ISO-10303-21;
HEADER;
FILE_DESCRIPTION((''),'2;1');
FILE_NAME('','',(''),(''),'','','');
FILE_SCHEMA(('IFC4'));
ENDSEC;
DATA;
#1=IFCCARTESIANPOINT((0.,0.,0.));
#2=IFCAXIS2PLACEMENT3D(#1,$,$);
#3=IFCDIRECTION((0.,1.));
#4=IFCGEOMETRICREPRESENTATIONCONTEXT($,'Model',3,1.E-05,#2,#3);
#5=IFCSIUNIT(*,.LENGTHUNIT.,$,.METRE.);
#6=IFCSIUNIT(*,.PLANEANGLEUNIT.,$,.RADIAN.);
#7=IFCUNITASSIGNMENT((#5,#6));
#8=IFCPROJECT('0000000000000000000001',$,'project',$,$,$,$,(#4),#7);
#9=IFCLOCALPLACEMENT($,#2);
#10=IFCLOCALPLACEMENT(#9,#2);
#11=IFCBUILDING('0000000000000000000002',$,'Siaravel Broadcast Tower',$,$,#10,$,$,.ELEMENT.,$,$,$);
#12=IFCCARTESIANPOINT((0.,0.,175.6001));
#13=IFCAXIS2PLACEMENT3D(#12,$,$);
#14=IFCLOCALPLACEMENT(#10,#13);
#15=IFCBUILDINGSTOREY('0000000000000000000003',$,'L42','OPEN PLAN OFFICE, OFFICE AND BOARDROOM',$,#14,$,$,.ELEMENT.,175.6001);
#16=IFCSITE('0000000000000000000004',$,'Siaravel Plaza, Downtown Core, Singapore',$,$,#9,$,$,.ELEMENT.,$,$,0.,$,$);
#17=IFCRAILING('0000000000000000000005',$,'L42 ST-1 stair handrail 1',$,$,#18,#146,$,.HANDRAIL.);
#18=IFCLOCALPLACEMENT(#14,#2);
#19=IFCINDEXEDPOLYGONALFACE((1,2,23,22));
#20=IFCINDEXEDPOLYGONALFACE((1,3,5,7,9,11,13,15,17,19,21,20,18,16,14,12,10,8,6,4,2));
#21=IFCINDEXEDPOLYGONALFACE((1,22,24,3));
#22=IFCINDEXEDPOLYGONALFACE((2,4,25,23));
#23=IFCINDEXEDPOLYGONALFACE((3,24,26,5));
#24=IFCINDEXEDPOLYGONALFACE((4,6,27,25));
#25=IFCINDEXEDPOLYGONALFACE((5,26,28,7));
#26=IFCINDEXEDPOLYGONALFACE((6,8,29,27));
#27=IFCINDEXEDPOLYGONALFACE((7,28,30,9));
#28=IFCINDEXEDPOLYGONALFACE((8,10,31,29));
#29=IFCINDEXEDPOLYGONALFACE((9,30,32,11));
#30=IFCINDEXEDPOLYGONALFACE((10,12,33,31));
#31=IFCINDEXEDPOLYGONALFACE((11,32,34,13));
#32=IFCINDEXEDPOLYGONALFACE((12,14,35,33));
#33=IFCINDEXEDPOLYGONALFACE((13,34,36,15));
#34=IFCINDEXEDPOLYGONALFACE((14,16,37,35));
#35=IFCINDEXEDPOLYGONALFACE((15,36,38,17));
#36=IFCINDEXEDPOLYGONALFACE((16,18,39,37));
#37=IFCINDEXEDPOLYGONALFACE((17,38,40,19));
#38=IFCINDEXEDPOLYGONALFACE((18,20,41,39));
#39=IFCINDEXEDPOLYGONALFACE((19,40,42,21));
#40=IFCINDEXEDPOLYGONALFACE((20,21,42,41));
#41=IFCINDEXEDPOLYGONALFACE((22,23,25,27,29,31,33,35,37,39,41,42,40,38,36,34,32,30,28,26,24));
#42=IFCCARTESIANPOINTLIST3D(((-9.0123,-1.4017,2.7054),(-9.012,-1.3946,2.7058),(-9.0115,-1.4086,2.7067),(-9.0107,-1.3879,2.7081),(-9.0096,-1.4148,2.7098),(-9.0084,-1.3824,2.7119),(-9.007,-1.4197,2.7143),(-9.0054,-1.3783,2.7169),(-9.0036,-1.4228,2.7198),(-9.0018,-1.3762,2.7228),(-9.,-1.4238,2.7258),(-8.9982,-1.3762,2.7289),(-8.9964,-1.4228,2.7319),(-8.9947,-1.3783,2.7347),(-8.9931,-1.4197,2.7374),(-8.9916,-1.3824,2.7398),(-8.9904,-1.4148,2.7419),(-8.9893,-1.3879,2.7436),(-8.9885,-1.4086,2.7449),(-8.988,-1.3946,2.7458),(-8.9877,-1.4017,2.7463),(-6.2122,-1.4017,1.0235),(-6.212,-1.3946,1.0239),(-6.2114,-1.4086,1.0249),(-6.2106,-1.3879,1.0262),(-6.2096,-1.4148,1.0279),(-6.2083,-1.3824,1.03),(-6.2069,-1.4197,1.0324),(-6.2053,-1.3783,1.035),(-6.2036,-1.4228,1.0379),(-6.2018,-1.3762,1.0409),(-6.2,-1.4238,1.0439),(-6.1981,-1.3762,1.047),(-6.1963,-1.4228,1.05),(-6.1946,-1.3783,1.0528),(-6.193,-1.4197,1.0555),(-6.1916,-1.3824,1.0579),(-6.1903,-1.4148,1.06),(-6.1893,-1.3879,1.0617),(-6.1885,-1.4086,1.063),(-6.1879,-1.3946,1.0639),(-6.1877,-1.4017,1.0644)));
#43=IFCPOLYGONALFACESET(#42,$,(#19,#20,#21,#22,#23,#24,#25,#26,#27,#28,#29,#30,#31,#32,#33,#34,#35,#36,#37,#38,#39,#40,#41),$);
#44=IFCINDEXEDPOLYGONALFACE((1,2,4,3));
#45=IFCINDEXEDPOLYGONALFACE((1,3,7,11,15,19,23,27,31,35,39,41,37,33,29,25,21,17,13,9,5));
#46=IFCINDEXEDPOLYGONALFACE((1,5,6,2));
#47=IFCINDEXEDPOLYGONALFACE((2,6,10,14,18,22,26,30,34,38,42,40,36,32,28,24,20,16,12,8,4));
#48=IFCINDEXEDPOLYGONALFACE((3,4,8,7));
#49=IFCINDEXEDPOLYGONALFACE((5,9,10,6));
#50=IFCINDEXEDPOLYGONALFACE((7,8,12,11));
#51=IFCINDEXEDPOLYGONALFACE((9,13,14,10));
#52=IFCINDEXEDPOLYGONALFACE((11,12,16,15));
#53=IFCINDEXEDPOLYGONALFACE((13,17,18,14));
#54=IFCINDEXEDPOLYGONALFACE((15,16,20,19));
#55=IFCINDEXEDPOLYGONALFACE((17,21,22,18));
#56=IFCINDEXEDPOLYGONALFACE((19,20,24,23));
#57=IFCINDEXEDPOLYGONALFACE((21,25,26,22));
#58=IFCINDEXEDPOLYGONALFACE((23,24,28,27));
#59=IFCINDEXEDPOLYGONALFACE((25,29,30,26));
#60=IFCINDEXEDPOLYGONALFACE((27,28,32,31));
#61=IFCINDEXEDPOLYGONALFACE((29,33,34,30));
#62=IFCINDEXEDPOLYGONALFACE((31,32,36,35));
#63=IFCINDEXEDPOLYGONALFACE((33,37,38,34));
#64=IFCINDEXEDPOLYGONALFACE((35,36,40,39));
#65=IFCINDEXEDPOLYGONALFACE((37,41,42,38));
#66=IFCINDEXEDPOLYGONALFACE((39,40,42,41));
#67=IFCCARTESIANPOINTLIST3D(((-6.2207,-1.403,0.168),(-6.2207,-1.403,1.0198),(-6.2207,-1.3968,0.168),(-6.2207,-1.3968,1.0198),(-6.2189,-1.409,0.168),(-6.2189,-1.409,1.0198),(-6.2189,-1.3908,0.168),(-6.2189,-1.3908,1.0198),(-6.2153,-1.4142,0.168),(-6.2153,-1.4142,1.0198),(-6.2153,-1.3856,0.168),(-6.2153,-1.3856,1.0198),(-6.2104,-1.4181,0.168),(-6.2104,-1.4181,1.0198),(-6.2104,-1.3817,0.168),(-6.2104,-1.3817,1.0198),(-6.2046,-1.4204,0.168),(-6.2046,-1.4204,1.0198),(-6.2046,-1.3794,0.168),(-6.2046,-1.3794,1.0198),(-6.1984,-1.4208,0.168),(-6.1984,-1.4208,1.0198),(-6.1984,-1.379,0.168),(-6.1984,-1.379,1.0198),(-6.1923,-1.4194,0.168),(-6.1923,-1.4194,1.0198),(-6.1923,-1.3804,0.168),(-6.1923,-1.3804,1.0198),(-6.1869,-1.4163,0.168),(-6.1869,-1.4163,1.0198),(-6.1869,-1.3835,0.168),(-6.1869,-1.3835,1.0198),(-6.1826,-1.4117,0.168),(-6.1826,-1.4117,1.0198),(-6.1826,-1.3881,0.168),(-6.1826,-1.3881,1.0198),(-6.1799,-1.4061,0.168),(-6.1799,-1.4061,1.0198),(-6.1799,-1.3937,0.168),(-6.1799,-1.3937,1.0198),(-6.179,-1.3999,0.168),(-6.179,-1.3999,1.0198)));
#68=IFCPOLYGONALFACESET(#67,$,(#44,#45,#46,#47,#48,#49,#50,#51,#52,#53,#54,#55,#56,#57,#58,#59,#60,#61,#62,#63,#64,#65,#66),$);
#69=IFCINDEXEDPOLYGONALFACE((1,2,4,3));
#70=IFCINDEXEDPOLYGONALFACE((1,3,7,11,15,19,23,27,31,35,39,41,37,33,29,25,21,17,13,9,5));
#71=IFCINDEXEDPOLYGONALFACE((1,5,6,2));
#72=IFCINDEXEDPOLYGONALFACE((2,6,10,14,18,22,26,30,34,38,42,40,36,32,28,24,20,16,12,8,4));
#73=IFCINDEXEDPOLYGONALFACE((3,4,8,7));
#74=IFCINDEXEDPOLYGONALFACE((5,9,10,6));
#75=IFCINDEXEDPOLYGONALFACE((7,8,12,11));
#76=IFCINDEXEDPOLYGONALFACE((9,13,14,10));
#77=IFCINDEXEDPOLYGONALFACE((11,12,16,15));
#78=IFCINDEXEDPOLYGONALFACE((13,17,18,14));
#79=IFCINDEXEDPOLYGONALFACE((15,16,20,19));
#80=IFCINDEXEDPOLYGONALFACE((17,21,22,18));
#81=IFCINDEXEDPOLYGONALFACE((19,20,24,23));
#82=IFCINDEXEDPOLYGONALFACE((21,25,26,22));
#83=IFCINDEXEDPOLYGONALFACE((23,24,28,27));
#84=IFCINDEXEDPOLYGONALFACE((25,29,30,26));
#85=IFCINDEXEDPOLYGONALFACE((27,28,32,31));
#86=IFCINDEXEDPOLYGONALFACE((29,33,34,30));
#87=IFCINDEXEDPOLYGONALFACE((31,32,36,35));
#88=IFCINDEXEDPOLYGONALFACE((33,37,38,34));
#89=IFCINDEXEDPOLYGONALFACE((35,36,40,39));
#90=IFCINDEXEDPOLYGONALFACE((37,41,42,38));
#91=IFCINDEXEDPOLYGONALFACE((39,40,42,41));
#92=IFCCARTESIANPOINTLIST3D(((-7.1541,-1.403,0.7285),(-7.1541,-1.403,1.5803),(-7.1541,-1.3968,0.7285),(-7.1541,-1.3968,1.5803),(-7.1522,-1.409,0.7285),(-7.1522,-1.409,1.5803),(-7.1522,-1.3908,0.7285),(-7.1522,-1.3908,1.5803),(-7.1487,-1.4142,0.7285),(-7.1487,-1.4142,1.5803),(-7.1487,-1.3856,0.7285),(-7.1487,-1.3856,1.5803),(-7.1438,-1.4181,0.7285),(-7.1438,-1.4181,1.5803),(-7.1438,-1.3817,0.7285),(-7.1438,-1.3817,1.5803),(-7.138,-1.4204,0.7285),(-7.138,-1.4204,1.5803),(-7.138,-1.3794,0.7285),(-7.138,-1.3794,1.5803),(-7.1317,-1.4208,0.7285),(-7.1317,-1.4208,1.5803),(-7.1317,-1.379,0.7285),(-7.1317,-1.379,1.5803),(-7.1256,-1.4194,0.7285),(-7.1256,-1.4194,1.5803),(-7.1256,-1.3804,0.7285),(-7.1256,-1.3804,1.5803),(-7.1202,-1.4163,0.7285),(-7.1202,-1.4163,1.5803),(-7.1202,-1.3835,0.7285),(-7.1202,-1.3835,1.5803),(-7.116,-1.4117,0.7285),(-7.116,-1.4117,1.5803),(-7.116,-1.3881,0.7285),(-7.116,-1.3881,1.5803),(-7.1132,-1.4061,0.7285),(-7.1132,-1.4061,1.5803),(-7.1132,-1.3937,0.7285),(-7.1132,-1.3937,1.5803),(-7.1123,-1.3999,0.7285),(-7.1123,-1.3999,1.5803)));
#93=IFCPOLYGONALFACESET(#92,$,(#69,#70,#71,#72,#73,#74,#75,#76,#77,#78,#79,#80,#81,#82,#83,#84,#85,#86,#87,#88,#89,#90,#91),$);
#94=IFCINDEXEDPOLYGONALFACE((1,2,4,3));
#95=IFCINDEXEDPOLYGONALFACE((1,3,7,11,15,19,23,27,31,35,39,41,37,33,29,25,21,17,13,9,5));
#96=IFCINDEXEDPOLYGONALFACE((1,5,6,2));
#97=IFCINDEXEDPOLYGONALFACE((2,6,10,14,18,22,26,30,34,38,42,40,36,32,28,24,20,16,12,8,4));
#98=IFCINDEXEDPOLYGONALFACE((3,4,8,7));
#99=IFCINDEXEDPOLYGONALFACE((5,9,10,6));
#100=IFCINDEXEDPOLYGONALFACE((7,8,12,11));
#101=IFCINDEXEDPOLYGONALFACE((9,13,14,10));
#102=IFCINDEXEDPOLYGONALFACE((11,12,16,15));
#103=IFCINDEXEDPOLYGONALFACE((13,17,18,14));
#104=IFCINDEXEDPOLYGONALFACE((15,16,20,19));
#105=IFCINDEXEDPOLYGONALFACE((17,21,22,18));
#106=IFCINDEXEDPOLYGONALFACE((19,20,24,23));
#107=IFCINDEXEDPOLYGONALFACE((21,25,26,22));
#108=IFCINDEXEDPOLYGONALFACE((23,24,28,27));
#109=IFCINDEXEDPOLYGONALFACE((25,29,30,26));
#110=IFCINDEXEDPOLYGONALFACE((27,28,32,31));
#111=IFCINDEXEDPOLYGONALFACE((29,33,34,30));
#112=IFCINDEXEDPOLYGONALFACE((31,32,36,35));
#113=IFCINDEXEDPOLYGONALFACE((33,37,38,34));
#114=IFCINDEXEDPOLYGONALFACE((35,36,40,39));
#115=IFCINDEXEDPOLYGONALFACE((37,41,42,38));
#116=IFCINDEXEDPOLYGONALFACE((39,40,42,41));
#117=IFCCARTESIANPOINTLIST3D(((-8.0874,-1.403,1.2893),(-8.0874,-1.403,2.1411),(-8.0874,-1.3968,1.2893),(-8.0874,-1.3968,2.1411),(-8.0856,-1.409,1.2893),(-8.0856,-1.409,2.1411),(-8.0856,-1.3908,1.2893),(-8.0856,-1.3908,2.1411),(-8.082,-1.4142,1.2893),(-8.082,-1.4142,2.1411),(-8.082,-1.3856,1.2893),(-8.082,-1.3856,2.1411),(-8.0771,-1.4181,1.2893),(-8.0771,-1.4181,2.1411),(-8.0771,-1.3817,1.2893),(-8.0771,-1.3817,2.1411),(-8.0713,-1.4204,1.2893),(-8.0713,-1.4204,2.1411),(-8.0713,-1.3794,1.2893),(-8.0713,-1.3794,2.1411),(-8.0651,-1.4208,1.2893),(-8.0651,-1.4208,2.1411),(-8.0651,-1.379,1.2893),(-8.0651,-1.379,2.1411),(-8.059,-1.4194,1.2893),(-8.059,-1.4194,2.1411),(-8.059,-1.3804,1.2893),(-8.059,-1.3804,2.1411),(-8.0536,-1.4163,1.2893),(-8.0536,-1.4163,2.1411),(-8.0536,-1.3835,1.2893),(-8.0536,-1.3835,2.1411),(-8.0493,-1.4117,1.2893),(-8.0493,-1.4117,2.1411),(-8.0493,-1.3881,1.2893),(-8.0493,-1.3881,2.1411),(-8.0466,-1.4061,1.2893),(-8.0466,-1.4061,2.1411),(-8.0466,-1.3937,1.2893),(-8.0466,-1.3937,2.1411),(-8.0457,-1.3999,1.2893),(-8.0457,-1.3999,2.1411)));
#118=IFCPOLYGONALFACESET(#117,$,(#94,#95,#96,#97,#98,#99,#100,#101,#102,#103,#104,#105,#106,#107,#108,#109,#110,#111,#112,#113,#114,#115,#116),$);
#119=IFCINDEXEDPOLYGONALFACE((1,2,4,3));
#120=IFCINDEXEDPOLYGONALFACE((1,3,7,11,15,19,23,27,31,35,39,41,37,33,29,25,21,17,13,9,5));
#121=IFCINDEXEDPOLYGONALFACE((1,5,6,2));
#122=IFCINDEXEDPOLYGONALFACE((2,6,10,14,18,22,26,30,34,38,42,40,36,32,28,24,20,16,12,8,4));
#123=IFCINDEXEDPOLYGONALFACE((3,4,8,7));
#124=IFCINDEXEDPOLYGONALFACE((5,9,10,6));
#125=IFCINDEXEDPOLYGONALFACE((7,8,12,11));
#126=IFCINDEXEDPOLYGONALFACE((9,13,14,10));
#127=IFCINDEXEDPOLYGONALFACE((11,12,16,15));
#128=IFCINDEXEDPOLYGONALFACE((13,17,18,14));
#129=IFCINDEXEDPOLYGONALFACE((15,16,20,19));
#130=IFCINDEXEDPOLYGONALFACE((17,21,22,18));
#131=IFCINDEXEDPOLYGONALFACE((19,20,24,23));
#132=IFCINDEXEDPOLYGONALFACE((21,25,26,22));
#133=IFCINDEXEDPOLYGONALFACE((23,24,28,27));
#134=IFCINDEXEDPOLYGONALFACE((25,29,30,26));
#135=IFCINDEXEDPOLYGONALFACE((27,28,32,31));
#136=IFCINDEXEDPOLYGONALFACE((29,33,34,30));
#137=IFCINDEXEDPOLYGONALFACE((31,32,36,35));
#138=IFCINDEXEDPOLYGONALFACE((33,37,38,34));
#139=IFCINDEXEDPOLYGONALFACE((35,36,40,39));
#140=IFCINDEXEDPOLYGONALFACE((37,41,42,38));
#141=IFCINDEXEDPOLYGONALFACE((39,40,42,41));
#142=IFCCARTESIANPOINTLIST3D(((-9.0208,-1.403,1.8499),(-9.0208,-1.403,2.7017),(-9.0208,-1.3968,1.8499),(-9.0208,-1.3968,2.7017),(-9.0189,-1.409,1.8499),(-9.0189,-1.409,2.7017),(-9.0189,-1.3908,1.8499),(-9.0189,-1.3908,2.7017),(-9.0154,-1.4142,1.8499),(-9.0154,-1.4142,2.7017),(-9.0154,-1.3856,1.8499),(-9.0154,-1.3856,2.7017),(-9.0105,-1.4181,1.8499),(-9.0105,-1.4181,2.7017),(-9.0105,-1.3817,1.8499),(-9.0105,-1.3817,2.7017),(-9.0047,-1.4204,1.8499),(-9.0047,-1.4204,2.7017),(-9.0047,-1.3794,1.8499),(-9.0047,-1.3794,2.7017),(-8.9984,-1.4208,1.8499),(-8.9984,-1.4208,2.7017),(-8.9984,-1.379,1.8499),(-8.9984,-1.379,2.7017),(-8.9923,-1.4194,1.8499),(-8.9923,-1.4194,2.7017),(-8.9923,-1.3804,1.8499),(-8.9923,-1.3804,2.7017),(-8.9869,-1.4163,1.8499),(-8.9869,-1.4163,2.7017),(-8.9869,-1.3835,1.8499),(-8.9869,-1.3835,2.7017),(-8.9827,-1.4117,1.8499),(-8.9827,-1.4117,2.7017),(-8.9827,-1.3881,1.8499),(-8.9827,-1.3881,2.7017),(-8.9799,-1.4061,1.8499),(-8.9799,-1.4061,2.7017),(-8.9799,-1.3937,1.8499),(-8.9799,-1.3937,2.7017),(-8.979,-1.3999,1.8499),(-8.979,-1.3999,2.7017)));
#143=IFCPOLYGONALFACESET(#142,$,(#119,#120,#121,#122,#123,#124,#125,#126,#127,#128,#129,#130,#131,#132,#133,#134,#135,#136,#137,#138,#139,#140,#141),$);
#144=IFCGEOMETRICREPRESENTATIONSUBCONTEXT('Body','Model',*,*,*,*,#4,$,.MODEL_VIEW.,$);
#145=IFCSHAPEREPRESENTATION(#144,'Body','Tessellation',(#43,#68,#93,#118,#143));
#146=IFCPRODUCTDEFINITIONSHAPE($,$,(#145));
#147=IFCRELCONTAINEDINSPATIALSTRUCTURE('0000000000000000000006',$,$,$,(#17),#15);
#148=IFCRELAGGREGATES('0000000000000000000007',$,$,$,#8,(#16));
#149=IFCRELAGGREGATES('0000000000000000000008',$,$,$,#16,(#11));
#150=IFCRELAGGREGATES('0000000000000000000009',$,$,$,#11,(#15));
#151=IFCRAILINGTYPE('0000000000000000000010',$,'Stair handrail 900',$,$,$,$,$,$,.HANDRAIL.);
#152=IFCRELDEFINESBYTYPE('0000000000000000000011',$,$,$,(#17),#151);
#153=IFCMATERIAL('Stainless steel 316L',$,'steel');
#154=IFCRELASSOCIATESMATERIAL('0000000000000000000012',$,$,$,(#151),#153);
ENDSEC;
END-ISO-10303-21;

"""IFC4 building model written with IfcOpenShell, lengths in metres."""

from ifc_helpers import new_model, si_unit, direction, frame, origin, origin_2d, place, context, subcontext, project, spatial, circle, extrude, material, type_object, element, save


model = new_model("IFC4")

# Units and contexts
model_context = context("Model", 3, precision=1e-05, world=origin(), true_north=direction((0.0, 1.0)))
body_context = subcontext(model_context, "Body", "Model", "MODEL_VIEW")
ifc_project = project(units=[si_unit("LENGTHUNIT", "METRE"), si_unit("PLANEANGLEUNIT", "RADIAN")], contexts=[model_context])

# Site, building, storey
site_placement = place(None, origin())
site = spatial("IfcSite", under=ifc_project, at=site_placement, Name="Siaravel Plaza, Downtown Core, Singapore", CompositionType="ELEMENT", RefElevation=0.0)
building_placement = place(site_placement, origin())
building = spatial("IfcBuilding", under=site, at=building_placement, Name="Siaravel Broadcast Tower", CompositionType="ELEMENT")
storey_placement = place(building_placement, frame((0.0, 0.0, 175.6001)))
storey = spatial("IfcBuildingStorey", under=building, at=storey_placement, Name="L42", Description="OPEN PLAN OFFICE, OFFICE AND BOARDROOM", CompositionType="ELEMENT", Elevation=175.6001)

# Shared definitions
ifc_material_1 = material(Name="Stainless steel 316L", Category="steel")

# Railing
railing_type_1 = type_object("IfcRailingType", Name="Stair handrail 900", PredefinedType="HANDRAIL", material=ifc_material_1)
railing_1_placement = place(storey_placement, frame((-6.2, -1.3999, 0.168)))
element("IfcRailing", 1, at=railing_1_placement, inside=storey, type_object=railing_type_1, Name="L42 ST-1 stair handrail 1", PredefinedType="HANDRAIL", context=body_context, shape_type="SweptSolid", body=[
    extrude(circle(Radius=0.0239, at=origin_2d()), frame((0.0, 0.0, 0.876), z_axis=(-0.857242, 0.0, 0.514913), x_axis=(0.0, -1.0, 0.0)), (0.0, 0.0, 1.0), 3.2664),
    extrude(circle(Radius=0.021, at=origin_2d()), origin(), (0.0, 0.0, 1.0), 0.8518),
    extrude(circle(Radius=0.021, at=origin_2d()), frame((-0.9333, 0.0, 0.5605)), (0.0, 0.0, 1.0), 0.8518),
    extrude(circle(Radius=0.021, at=origin_2d()), frame((-1.8667, 0.0, 1.1213)), (0.0, 0.0, 1.0), 0.8518),
    extrude(circle(Radius=0.021, at=origin_2d()), frame((-2.8, 0.0, 1.6819)), (0.0, 0.0, 1.0), 0.8518),
])

save(model, "model.ifc")
